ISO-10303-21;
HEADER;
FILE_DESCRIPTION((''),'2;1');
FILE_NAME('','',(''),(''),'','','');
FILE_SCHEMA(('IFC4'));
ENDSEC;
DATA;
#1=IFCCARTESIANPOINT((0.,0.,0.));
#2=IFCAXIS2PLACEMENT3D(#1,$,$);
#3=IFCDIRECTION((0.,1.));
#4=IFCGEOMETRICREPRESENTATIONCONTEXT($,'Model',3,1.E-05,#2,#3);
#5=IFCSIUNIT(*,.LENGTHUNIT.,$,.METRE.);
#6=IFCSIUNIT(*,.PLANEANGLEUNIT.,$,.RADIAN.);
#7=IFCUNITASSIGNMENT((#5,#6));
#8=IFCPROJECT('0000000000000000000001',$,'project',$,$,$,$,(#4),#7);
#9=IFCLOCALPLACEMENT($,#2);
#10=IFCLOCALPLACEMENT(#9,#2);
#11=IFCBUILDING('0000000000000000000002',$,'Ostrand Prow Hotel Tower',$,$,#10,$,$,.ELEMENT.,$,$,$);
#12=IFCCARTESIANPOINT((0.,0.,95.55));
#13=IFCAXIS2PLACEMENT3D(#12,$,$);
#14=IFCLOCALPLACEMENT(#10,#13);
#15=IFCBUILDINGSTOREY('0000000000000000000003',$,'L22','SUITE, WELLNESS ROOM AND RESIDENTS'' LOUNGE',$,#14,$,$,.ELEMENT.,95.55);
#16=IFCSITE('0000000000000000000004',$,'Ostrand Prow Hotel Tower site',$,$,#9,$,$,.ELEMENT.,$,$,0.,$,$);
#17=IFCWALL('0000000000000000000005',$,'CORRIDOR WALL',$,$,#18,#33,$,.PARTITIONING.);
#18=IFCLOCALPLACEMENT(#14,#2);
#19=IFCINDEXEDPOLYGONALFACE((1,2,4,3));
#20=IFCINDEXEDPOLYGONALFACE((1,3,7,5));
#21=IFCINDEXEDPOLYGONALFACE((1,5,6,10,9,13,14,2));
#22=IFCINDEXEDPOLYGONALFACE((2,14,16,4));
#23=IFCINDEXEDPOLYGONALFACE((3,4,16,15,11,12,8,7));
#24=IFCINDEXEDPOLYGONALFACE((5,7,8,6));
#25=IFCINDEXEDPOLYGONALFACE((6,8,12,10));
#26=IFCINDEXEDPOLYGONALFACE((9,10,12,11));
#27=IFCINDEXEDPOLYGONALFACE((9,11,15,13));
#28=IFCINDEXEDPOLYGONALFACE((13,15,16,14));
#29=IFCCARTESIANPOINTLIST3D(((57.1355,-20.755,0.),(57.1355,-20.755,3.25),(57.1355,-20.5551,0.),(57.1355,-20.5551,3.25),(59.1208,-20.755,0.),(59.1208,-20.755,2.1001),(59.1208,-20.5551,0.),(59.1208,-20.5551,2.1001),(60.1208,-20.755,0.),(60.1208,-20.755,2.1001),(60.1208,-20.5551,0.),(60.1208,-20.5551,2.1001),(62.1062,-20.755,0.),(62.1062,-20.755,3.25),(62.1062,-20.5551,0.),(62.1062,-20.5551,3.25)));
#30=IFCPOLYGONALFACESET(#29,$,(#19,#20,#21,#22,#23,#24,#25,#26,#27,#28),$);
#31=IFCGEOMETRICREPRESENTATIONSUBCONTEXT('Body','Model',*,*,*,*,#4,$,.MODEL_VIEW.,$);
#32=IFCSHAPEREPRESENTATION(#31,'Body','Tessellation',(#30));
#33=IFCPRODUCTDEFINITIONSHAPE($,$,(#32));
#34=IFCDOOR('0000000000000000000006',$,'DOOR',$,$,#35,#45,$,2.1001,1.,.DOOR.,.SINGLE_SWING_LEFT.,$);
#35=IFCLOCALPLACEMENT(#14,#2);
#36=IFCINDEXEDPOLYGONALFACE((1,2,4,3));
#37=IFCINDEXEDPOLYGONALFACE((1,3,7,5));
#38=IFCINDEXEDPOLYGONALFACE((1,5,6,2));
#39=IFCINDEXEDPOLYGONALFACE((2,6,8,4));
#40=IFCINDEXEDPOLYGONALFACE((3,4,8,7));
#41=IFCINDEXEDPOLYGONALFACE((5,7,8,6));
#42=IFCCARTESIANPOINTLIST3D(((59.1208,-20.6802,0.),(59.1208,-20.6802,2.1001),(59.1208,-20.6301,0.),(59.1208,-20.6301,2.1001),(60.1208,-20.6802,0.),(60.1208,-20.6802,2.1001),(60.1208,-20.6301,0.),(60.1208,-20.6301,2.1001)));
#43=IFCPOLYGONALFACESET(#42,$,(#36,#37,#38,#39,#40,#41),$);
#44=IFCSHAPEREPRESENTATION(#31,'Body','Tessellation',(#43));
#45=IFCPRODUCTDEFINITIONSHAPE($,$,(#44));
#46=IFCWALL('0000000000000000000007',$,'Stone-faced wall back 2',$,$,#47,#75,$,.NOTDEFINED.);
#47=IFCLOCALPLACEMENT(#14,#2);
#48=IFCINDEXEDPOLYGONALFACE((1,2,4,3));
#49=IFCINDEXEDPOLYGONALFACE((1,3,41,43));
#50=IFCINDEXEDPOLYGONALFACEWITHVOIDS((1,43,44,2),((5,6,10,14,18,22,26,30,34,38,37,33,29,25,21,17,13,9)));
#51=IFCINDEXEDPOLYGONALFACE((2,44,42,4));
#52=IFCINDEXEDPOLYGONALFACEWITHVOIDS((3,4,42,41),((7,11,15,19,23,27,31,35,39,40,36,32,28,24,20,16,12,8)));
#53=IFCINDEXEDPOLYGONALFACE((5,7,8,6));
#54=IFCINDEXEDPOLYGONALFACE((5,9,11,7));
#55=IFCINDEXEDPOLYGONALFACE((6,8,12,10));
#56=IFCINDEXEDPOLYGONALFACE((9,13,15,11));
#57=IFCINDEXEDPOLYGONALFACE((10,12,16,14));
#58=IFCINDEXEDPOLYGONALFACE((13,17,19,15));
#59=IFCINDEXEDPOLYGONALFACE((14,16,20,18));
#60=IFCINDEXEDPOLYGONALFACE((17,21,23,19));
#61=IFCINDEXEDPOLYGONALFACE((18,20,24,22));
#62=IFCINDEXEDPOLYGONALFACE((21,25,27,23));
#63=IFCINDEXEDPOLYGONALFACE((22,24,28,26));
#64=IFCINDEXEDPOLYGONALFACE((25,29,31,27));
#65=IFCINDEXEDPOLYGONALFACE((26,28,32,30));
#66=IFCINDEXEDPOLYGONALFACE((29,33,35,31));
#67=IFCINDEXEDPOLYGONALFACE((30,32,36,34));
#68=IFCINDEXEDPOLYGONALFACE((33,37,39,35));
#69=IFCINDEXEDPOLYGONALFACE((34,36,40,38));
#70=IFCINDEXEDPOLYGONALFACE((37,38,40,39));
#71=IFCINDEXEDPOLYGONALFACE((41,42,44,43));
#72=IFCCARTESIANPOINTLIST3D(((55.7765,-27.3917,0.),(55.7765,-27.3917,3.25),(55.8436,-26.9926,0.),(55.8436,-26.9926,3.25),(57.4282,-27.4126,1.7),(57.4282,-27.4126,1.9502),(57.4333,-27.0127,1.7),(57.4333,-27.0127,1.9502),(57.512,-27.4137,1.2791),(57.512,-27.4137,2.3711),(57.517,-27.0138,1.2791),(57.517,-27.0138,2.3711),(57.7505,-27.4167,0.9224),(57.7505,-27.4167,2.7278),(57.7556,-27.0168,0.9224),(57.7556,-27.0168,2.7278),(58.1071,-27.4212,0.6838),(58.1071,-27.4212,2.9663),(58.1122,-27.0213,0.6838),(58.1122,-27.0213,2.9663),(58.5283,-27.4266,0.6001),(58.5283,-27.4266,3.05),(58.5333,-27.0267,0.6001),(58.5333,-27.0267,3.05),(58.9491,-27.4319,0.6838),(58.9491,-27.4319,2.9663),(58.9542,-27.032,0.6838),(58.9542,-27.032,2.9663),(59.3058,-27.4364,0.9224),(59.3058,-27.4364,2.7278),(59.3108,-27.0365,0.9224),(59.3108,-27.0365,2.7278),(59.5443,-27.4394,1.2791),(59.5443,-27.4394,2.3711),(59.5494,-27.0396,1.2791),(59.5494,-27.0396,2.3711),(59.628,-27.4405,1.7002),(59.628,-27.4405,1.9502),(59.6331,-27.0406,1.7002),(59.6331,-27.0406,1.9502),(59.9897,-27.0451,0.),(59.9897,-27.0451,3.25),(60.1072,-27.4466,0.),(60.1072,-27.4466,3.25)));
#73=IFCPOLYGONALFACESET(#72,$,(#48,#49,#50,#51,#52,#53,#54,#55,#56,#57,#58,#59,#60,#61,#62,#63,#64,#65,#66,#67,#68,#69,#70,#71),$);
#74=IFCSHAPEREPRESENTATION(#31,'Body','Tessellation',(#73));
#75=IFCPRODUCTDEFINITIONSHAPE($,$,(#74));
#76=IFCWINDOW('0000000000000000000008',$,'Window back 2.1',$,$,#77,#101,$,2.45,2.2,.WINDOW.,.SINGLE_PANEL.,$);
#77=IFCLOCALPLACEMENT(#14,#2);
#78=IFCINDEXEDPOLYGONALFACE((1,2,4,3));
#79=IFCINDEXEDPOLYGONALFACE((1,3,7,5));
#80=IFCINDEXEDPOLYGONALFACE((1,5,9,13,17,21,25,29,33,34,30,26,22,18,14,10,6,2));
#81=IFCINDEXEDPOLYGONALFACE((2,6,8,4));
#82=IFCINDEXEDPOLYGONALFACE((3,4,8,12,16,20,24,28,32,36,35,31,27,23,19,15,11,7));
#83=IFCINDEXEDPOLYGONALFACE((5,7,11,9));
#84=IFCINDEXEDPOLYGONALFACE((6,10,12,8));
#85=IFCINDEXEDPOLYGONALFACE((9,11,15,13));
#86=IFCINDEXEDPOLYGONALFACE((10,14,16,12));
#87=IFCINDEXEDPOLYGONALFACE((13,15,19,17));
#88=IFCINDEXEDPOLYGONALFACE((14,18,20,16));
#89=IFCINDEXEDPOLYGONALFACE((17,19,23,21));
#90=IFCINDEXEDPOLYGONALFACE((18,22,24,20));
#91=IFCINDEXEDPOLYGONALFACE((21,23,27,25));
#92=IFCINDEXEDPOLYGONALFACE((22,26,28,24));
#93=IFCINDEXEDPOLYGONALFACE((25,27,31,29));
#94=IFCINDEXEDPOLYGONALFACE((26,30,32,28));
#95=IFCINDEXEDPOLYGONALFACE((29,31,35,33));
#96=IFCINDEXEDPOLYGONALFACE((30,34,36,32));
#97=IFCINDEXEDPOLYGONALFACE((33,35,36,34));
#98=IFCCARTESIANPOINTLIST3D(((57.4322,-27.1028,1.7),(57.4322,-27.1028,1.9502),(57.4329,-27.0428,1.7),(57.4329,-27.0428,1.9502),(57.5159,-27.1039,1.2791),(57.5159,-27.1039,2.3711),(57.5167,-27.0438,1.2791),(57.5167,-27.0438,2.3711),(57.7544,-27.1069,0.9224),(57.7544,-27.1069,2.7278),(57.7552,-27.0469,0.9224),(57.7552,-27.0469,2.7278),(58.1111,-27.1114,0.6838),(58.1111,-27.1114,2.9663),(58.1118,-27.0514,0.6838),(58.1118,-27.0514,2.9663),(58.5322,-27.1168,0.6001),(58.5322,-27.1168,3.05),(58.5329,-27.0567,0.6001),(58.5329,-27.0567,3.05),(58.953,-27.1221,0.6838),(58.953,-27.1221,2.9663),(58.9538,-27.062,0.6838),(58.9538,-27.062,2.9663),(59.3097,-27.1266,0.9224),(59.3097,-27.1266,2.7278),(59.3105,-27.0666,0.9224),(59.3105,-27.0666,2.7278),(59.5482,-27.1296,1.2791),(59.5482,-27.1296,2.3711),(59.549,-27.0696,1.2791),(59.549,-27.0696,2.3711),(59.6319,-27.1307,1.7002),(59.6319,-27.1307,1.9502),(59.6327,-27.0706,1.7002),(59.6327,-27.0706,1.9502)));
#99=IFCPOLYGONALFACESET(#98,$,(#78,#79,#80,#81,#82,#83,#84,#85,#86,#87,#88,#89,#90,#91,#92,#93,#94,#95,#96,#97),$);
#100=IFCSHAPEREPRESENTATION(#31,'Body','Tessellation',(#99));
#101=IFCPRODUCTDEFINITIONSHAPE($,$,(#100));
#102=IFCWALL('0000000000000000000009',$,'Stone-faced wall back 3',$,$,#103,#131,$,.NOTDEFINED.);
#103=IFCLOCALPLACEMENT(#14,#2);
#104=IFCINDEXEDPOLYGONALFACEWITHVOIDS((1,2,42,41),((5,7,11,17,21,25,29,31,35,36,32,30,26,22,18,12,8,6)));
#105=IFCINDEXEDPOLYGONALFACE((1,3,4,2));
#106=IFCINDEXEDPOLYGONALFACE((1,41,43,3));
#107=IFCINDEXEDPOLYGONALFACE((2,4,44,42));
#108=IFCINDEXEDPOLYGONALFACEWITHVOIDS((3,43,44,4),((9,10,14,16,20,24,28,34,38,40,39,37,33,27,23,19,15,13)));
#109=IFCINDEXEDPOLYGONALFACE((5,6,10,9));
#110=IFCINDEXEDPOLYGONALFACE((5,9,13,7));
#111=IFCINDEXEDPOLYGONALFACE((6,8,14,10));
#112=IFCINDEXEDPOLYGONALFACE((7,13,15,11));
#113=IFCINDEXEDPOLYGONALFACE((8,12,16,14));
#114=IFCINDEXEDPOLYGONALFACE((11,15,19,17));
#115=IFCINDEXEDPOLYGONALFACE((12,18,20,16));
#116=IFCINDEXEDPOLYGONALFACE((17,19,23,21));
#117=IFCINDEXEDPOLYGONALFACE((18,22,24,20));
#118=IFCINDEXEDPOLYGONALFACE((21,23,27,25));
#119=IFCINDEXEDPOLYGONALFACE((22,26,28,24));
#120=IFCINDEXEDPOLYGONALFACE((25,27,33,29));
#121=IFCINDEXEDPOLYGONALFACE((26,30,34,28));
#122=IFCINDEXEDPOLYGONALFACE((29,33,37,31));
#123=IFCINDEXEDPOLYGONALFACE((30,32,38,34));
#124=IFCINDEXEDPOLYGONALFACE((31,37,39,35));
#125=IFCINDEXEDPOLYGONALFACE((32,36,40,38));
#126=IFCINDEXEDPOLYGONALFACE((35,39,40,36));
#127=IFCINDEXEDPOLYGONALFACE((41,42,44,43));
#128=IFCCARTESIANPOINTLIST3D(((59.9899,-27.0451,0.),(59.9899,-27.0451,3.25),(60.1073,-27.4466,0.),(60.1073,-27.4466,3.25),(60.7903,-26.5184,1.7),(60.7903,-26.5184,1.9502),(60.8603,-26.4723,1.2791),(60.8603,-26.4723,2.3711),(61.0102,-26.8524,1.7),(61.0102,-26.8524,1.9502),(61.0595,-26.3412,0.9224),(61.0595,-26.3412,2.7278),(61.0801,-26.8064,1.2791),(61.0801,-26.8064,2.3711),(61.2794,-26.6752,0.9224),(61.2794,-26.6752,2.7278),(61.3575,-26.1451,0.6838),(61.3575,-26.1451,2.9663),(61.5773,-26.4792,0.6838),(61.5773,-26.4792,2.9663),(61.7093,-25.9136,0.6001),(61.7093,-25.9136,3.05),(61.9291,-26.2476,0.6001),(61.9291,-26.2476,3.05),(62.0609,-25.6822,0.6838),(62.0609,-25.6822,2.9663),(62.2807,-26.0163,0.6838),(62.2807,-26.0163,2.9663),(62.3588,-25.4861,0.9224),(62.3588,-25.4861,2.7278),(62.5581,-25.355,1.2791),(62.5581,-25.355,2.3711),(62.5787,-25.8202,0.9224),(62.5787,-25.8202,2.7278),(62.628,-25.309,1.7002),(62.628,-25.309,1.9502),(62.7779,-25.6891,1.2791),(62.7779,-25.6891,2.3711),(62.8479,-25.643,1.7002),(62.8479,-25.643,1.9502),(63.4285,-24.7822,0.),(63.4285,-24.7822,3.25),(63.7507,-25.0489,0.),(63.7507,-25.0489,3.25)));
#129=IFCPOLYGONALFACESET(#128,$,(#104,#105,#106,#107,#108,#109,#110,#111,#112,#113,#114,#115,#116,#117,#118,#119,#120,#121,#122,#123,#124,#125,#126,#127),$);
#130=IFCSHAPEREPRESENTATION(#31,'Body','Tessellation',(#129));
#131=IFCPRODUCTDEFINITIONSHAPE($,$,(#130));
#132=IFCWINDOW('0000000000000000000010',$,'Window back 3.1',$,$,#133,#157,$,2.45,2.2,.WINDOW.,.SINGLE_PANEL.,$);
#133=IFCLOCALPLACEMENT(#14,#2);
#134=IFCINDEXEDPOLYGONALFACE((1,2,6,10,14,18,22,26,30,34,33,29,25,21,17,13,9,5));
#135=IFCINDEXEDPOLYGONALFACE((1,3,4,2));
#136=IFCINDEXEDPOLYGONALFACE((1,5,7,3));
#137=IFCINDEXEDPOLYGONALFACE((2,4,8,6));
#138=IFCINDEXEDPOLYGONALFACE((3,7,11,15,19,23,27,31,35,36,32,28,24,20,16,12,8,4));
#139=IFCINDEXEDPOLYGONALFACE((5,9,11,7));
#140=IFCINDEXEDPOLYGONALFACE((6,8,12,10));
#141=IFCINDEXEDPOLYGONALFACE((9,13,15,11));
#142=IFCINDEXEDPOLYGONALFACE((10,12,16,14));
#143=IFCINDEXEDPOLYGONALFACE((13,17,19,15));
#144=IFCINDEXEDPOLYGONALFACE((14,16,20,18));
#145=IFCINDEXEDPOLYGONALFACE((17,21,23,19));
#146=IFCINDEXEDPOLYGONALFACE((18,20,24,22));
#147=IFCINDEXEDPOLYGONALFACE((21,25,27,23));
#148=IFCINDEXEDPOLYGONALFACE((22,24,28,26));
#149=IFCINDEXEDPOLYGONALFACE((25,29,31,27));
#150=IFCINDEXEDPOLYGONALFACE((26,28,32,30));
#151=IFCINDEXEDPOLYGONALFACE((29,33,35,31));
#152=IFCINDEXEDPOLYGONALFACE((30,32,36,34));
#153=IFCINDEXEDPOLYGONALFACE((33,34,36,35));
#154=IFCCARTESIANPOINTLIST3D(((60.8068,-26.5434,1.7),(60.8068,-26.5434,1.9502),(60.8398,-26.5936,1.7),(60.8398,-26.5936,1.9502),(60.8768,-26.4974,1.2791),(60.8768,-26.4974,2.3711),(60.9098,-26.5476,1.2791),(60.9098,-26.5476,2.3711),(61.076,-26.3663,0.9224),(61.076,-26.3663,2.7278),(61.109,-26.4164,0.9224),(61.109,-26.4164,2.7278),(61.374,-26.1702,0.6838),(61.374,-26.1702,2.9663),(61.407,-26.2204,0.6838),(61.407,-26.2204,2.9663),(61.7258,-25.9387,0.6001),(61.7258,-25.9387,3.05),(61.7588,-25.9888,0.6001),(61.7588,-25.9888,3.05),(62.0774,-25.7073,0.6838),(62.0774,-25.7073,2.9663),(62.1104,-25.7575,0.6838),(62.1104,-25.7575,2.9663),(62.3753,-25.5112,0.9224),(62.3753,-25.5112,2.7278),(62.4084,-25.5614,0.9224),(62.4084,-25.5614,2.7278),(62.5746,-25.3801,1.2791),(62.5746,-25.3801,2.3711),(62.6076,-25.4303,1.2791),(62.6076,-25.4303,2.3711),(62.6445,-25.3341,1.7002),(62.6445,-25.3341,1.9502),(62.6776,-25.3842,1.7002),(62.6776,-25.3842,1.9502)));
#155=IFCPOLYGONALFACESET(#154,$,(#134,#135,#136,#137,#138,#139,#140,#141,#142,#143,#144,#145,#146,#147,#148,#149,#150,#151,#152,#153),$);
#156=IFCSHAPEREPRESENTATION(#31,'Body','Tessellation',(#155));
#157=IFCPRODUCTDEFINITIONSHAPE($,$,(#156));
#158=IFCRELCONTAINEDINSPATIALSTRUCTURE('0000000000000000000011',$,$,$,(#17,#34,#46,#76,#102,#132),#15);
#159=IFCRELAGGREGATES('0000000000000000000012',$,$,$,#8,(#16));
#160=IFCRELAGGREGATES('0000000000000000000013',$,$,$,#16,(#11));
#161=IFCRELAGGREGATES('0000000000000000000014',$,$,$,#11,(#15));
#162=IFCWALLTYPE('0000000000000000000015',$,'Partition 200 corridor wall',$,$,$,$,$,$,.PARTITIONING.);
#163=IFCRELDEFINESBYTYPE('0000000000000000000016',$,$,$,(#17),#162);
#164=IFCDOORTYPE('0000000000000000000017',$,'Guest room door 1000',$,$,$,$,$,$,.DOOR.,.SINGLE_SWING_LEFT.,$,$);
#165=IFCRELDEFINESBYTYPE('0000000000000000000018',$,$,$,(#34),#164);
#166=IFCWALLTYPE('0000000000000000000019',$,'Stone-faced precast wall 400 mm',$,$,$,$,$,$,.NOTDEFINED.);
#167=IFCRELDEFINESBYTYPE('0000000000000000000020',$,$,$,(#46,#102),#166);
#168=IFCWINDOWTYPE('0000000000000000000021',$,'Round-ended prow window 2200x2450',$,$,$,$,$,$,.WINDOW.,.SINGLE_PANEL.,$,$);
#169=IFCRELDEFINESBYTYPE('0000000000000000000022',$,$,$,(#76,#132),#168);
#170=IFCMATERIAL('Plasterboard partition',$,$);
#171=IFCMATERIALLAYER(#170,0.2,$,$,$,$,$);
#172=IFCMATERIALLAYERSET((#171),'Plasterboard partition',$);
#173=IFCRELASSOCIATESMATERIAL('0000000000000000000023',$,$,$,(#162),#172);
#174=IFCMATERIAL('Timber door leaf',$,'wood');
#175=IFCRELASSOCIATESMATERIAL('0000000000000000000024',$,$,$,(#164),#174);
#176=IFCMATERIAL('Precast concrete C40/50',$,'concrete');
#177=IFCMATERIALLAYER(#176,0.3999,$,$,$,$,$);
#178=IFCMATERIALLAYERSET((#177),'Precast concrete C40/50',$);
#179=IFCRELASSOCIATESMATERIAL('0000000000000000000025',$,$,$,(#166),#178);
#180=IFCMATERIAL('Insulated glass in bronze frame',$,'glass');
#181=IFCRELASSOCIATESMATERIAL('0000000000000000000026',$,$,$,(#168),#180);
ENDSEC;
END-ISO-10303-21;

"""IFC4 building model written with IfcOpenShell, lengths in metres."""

from ifc_helpers import new_model, si_unit, direction, frame, frame_2d, origin, place, context, subcontext, project, spatial, polyline, rectangle, outline, extrude, material, layer, layer_set, type_object, element, fill, save


model = new_model("IFC4")

# Units and contexts
model_context = context("Model", 3, precision=1e-05, world=origin(), true_north=direction((0.0, 1.0)))
body_context = subcontext(model_context, "Body", "Model", "MODEL_VIEW")
ifc_project = project(units=[si_unit("LENGTHUNIT", "METRE"), si_unit("PLANEANGLEUNIT", "RADIAN")], contexts=[model_context])

# Site, building, storey
site_placement = place(None, origin())
site = spatial("IfcSite", under=ifc_project, at=site_placement, Name="Ostrand Prow Hotel Tower site", CompositionType="ELEMENT", RefElevation=0.0)
building_placement = place(site_placement, origin())
building = spatial("IfcBuilding", under=site, at=building_placement, Name="Ostrand Prow Hotel Tower", CompositionType="ELEMENT")
storey_placement = place(building_placement, frame((0.0, 0.0, 95.55)))
storey = spatial("IfcBuildingStorey", under=building, at=storey_placement, Name="L22", Description="SUITE, WELLNESS ROOM AND RESIDENTS' LOUNGE", CompositionType="ELEMENT", Elevation=95.55)

# Wall, opening, door
ifc_material_1 = material(Name="Plasterboard partition")
ifc_layer_1 = layer(ifc_material_1, 0.2)
ifc_layer_set_1 = layer_set([ifc_layer_1], Name="Plasterboard partition")
wall_type_1 = type_object("IfcWallType", Name="Partition 200 corridor wall", PredefinedType="PARTITIONING", material=ifc_layer_set_1)
wall_1_placement = place(storey_placement, frame((57.1355, -20.655, 0.0), z_axis=(0.0, 0.0, 1.0), x_axis=(1.0, 0.0, 0.0)))
wall_1 = element("IfcWall", 1, at=wall_1_placement, inside=storey, type_object=wall_type_1, Name="CORRIDOR WALL", PredefinedType="PARTITIONING", context=body_context, shape_type="SweptSolid", body=[
    extrude(rectangle(XDim=4.9707, YDim=0.2, at=frame_2d((2.4854, 0.0))), origin(), (0.0, 0.0, 1.0), 3.25),
])
opening_1_placement = place(wall_1_placement, frame((1.9854, 0.0, 0.0)))
opening_1 = element("IfcOpeningElement", 2, at=opening_1_placement, cuts=wall_1, PredefinedType="OPENING", context=body_context, shape_type="SweptSolid", body=[
    extrude(rectangle(XDim=1.0, YDim=2.1001, at=frame_2d((0.5, 1.05))), frame((0.0, 0.1099, 0.0), z_axis=(0.0, -1.0, 0.0), x_axis=(1.0, 0.0, 0.0)), (0.0, 0.0, 1.0), 0.22),
])
ifc_material_2 = material(Name="Timber door leaf", Category="wood")
door_type_1 = type_object("IfcDoorType", Name="Guest room door 1000", OperationType="SINGLE_SWING_LEFT", PredefinedType="DOOR", material=ifc_material_2)
door_1_placement = place(opening_1_placement, origin())
door_1 = element("IfcDoor", 3, at=door_1_placement, inside=storey, type_object=door_type_1, Name="DOOR", OperationType="SINGLE_SWING_LEFT", OverallHeight=2.1001, OverallWidth=1.0, PredefinedType="DOOR", context=body_context, shape_type="SweptSolid", body=[
    extrude(rectangle(XDim=1.0, YDim=2.1001, at=frame_2d((0.5, 1.05))), frame((0.0, 0.0249, 0.0), z_axis=(0.0, -1.0, 0.0), x_axis=(1.0, 0.0, 0.0)), (0.0, 0.0, 1.0), 0.05),
])
fill(opening_1, door_1)

# Walls, openings, windows
ifc_material_3 = material(Name="Precast concrete C40/50", Category="concrete")
ifc_layer_2 = layer(ifc_material_3, 0.3999)
ifc_layer_set_2 = layer_set([ifc_layer_2], Name="Precast concrete C40/50")
wall_type_2 = type_object("IfcWallType", Name="Stone-faced precast wall 400 mm", PredefinedType="NOTDEFINED", material=ifc_layer_set_2)
wall_2_placement = place(storey_placement, frame((55.8101, -27.1921, 0.0), z_axis=(0.0, 0.0, 1.0), x_axis=(0.99992, -0.012671, 0.0)))
wall_2 = element("IfcWall", 4, at=wall_2_placement, inside=storey, type_object=wall_type_2, Name="Stone-faced wall back 2", PredefinedType="NOTDEFINED", context=body_context, shape_type="SweptSolid", body=[
    extrude(outline(polyline([(-0.031, -0.2), (4.3, -0.2), (4.1775, 0.2), (0.031, 0.2), (-0.031, -0.2)])), origin(), (0.0, 0.0, 1.0), 3.25),
])
opening_2_placement = place(wall_2_placement, frame((1.6208, 0.0, 0.6001)))
opening_2 = element("IfcOpeningElement", 5, at=opening_2_placement, cuts=wall_2, PredefinedType="OPENING", context=body_context, shape_type="SweptSolid", body=[
    extrude(outline(polyline([(0.0, 1.3501), (0.0837, 1.771), (0.3223, 2.1277), (0.679, 2.3662), (1.1001, 2.45), (1.521, 2.3662), (1.8777, 2.1277), (2.1162, 1.771), (2.2, 1.3501), (2.2, 1.1001), (2.1162, 0.679), (1.8777, 0.3223), (1.521, 0.0837), (1.1001, 0.0), (0.679, 0.0837), (0.3223, 0.3223), (0.0837, 0.679), (0.0, 1.0999), (0.0, 1.3501)])), frame((0.0, 0.21, 0.0), z_axis=(0.0, -1.0, 0.0), x_axis=(1.0, 0.0, 0.0)), (0.0, 0.0, 1.0), 0.4199),
])
ifc_material_4 = material(Name="Insulated glass in bronze frame", Category="glass")
window_type_1 = type_object("IfcWindowType", Name="Round-ended prow window 2200x2450", PartitioningType="SINGLE_PANEL", PredefinedType="WINDOW", material=ifc_material_4)
window_1_placement = place(opening_2_placement, origin())
window_1 = element("IfcWindow", 6, at=window_1_placement, inside=storey, type_object=window_type_1, Name="Window back 2.1", OverallHeight=2.45, OverallWidth=2.2, PartitioningType="SINGLE_PANEL", PredefinedType="WINDOW", context=body_context, shape_type="SweptSolid", body=[
    extrude(outline(polyline([(0.0, 1.3501), (0.0837, 1.771), (0.3223, 2.1277), (0.679, 2.3662), (1.1001, 2.45), (1.521, 2.3662), (1.8777, 2.1277), (2.1162, 1.771), (2.2, 1.3501), (2.2, 1.1001), (2.1162, 0.679), (1.8777, 0.3223), (1.521, 0.0837), (1.1001, 0.0), (0.679, 0.0837), (0.3223, 0.3223), (0.0837, 0.679), (0.0, 1.0999), (0.0, 1.3501)])), frame((0.0, 0.1699, 0.0), z_axis=(0.0, -1.0, 0.0), x_axis=(1.0, 0.0, 0.0)), (0.0, 0.0, 1.0), 0.0601),
])
fill(opening_2, window_1)
wall_3_placement = place(storey_placement, frame((60.0486, -27.2458, 0.0), z_axis=(0.0, 0.0, 1.0), x_axis=(0.835341, 0.549733, 0.0)))
wall_3 = element("IfcWall", 7, at=wall_3_placement, inside=storey, type_object=wall_type_2, Name="Stone-faced wall back 3", PredefinedType="NOTDEFINED", context=body_context, shape_type="SweptSolid", body=[
    extrude(outline(polyline([(-0.0613, -0.2), (4.3003, -0.2), (4.1777, 0.2), (0.0613, 0.2), (-0.0613, -0.2)])), origin(), (0.0, 0.0, 1.0), 3.25),
])
opening_3_placement = place(wall_3_placement, frame((1.0195, 0.0, 0.6001)))
opening_3 = element("IfcOpeningElement", 8, at=opening_3_placement, cuts=wall_3, PredefinedType="OPENING", context=body_context, shape_type="SweptSolid", body=[
    extrude(outline(polyline([(0.0, 1.3501), (0.0837, 1.771), (0.3223, 2.1277), (0.679, 2.3662), (1.1001, 2.45), (1.521, 2.3662), (1.8777, 2.1277), (2.1162, 1.771), (2.2, 1.3501), (2.2, 1.1001), (2.1162, 0.679), (1.8777, 0.3223), (1.521, 0.0837), (1.1001, 0.0), (0.679, 0.0837), (0.3223, 0.3223), (0.0837, 0.679), (0.0, 1.0999), (0.0, 1.3501)])), frame((0.0, 0.21, 0.0), z_axis=(0.0, -1.0, 0.0), x_axis=(1.0, 0.0, 0.0)), (0.0, 0.0, 1.0), 0.4199),
])
window_2_placement = place(opening_3_placement, origin())
window_2 = element("IfcWindow", 9, at=window_2_placement, inside=storey, type_object=window_type_1, Name="Window back 3.1", OverallHeight=2.45, OverallWidth=2.2, PartitioningType="SINGLE_PANEL", PredefinedType="WINDOW", context=body_context, shape_type="SweptSolid", body=[
    extrude(outline(polyline([(0.0, 1.3501), (0.0837, 1.771), (0.3223, 2.1277), (0.679, 2.3662), (1.1001, 2.45), (1.521, 2.3662), (1.8777, 2.1277), (2.1162, 1.771), (2.2, 1.3501), (2.2, 1.1001), (2.1162, 0.679), (1.8777, 0.3223), (1.521, 0.0837), (1.1001, 0.0), (0.679, 0.0837), (0.3223, 0.3223), (0.0837, 0.679), (0.0, 1.0999), (0.0, 1.3501)])), frame((0.0, 0.1699, 0.0), z_axis=(0.0, -1.0, 0.0), x_axis=(1.0, 0.0, 0.0)), (0.0, 0.0, 1.0), 0.0601),
])
fill(opening_3, window_2)

save(model, "model.ifc")
